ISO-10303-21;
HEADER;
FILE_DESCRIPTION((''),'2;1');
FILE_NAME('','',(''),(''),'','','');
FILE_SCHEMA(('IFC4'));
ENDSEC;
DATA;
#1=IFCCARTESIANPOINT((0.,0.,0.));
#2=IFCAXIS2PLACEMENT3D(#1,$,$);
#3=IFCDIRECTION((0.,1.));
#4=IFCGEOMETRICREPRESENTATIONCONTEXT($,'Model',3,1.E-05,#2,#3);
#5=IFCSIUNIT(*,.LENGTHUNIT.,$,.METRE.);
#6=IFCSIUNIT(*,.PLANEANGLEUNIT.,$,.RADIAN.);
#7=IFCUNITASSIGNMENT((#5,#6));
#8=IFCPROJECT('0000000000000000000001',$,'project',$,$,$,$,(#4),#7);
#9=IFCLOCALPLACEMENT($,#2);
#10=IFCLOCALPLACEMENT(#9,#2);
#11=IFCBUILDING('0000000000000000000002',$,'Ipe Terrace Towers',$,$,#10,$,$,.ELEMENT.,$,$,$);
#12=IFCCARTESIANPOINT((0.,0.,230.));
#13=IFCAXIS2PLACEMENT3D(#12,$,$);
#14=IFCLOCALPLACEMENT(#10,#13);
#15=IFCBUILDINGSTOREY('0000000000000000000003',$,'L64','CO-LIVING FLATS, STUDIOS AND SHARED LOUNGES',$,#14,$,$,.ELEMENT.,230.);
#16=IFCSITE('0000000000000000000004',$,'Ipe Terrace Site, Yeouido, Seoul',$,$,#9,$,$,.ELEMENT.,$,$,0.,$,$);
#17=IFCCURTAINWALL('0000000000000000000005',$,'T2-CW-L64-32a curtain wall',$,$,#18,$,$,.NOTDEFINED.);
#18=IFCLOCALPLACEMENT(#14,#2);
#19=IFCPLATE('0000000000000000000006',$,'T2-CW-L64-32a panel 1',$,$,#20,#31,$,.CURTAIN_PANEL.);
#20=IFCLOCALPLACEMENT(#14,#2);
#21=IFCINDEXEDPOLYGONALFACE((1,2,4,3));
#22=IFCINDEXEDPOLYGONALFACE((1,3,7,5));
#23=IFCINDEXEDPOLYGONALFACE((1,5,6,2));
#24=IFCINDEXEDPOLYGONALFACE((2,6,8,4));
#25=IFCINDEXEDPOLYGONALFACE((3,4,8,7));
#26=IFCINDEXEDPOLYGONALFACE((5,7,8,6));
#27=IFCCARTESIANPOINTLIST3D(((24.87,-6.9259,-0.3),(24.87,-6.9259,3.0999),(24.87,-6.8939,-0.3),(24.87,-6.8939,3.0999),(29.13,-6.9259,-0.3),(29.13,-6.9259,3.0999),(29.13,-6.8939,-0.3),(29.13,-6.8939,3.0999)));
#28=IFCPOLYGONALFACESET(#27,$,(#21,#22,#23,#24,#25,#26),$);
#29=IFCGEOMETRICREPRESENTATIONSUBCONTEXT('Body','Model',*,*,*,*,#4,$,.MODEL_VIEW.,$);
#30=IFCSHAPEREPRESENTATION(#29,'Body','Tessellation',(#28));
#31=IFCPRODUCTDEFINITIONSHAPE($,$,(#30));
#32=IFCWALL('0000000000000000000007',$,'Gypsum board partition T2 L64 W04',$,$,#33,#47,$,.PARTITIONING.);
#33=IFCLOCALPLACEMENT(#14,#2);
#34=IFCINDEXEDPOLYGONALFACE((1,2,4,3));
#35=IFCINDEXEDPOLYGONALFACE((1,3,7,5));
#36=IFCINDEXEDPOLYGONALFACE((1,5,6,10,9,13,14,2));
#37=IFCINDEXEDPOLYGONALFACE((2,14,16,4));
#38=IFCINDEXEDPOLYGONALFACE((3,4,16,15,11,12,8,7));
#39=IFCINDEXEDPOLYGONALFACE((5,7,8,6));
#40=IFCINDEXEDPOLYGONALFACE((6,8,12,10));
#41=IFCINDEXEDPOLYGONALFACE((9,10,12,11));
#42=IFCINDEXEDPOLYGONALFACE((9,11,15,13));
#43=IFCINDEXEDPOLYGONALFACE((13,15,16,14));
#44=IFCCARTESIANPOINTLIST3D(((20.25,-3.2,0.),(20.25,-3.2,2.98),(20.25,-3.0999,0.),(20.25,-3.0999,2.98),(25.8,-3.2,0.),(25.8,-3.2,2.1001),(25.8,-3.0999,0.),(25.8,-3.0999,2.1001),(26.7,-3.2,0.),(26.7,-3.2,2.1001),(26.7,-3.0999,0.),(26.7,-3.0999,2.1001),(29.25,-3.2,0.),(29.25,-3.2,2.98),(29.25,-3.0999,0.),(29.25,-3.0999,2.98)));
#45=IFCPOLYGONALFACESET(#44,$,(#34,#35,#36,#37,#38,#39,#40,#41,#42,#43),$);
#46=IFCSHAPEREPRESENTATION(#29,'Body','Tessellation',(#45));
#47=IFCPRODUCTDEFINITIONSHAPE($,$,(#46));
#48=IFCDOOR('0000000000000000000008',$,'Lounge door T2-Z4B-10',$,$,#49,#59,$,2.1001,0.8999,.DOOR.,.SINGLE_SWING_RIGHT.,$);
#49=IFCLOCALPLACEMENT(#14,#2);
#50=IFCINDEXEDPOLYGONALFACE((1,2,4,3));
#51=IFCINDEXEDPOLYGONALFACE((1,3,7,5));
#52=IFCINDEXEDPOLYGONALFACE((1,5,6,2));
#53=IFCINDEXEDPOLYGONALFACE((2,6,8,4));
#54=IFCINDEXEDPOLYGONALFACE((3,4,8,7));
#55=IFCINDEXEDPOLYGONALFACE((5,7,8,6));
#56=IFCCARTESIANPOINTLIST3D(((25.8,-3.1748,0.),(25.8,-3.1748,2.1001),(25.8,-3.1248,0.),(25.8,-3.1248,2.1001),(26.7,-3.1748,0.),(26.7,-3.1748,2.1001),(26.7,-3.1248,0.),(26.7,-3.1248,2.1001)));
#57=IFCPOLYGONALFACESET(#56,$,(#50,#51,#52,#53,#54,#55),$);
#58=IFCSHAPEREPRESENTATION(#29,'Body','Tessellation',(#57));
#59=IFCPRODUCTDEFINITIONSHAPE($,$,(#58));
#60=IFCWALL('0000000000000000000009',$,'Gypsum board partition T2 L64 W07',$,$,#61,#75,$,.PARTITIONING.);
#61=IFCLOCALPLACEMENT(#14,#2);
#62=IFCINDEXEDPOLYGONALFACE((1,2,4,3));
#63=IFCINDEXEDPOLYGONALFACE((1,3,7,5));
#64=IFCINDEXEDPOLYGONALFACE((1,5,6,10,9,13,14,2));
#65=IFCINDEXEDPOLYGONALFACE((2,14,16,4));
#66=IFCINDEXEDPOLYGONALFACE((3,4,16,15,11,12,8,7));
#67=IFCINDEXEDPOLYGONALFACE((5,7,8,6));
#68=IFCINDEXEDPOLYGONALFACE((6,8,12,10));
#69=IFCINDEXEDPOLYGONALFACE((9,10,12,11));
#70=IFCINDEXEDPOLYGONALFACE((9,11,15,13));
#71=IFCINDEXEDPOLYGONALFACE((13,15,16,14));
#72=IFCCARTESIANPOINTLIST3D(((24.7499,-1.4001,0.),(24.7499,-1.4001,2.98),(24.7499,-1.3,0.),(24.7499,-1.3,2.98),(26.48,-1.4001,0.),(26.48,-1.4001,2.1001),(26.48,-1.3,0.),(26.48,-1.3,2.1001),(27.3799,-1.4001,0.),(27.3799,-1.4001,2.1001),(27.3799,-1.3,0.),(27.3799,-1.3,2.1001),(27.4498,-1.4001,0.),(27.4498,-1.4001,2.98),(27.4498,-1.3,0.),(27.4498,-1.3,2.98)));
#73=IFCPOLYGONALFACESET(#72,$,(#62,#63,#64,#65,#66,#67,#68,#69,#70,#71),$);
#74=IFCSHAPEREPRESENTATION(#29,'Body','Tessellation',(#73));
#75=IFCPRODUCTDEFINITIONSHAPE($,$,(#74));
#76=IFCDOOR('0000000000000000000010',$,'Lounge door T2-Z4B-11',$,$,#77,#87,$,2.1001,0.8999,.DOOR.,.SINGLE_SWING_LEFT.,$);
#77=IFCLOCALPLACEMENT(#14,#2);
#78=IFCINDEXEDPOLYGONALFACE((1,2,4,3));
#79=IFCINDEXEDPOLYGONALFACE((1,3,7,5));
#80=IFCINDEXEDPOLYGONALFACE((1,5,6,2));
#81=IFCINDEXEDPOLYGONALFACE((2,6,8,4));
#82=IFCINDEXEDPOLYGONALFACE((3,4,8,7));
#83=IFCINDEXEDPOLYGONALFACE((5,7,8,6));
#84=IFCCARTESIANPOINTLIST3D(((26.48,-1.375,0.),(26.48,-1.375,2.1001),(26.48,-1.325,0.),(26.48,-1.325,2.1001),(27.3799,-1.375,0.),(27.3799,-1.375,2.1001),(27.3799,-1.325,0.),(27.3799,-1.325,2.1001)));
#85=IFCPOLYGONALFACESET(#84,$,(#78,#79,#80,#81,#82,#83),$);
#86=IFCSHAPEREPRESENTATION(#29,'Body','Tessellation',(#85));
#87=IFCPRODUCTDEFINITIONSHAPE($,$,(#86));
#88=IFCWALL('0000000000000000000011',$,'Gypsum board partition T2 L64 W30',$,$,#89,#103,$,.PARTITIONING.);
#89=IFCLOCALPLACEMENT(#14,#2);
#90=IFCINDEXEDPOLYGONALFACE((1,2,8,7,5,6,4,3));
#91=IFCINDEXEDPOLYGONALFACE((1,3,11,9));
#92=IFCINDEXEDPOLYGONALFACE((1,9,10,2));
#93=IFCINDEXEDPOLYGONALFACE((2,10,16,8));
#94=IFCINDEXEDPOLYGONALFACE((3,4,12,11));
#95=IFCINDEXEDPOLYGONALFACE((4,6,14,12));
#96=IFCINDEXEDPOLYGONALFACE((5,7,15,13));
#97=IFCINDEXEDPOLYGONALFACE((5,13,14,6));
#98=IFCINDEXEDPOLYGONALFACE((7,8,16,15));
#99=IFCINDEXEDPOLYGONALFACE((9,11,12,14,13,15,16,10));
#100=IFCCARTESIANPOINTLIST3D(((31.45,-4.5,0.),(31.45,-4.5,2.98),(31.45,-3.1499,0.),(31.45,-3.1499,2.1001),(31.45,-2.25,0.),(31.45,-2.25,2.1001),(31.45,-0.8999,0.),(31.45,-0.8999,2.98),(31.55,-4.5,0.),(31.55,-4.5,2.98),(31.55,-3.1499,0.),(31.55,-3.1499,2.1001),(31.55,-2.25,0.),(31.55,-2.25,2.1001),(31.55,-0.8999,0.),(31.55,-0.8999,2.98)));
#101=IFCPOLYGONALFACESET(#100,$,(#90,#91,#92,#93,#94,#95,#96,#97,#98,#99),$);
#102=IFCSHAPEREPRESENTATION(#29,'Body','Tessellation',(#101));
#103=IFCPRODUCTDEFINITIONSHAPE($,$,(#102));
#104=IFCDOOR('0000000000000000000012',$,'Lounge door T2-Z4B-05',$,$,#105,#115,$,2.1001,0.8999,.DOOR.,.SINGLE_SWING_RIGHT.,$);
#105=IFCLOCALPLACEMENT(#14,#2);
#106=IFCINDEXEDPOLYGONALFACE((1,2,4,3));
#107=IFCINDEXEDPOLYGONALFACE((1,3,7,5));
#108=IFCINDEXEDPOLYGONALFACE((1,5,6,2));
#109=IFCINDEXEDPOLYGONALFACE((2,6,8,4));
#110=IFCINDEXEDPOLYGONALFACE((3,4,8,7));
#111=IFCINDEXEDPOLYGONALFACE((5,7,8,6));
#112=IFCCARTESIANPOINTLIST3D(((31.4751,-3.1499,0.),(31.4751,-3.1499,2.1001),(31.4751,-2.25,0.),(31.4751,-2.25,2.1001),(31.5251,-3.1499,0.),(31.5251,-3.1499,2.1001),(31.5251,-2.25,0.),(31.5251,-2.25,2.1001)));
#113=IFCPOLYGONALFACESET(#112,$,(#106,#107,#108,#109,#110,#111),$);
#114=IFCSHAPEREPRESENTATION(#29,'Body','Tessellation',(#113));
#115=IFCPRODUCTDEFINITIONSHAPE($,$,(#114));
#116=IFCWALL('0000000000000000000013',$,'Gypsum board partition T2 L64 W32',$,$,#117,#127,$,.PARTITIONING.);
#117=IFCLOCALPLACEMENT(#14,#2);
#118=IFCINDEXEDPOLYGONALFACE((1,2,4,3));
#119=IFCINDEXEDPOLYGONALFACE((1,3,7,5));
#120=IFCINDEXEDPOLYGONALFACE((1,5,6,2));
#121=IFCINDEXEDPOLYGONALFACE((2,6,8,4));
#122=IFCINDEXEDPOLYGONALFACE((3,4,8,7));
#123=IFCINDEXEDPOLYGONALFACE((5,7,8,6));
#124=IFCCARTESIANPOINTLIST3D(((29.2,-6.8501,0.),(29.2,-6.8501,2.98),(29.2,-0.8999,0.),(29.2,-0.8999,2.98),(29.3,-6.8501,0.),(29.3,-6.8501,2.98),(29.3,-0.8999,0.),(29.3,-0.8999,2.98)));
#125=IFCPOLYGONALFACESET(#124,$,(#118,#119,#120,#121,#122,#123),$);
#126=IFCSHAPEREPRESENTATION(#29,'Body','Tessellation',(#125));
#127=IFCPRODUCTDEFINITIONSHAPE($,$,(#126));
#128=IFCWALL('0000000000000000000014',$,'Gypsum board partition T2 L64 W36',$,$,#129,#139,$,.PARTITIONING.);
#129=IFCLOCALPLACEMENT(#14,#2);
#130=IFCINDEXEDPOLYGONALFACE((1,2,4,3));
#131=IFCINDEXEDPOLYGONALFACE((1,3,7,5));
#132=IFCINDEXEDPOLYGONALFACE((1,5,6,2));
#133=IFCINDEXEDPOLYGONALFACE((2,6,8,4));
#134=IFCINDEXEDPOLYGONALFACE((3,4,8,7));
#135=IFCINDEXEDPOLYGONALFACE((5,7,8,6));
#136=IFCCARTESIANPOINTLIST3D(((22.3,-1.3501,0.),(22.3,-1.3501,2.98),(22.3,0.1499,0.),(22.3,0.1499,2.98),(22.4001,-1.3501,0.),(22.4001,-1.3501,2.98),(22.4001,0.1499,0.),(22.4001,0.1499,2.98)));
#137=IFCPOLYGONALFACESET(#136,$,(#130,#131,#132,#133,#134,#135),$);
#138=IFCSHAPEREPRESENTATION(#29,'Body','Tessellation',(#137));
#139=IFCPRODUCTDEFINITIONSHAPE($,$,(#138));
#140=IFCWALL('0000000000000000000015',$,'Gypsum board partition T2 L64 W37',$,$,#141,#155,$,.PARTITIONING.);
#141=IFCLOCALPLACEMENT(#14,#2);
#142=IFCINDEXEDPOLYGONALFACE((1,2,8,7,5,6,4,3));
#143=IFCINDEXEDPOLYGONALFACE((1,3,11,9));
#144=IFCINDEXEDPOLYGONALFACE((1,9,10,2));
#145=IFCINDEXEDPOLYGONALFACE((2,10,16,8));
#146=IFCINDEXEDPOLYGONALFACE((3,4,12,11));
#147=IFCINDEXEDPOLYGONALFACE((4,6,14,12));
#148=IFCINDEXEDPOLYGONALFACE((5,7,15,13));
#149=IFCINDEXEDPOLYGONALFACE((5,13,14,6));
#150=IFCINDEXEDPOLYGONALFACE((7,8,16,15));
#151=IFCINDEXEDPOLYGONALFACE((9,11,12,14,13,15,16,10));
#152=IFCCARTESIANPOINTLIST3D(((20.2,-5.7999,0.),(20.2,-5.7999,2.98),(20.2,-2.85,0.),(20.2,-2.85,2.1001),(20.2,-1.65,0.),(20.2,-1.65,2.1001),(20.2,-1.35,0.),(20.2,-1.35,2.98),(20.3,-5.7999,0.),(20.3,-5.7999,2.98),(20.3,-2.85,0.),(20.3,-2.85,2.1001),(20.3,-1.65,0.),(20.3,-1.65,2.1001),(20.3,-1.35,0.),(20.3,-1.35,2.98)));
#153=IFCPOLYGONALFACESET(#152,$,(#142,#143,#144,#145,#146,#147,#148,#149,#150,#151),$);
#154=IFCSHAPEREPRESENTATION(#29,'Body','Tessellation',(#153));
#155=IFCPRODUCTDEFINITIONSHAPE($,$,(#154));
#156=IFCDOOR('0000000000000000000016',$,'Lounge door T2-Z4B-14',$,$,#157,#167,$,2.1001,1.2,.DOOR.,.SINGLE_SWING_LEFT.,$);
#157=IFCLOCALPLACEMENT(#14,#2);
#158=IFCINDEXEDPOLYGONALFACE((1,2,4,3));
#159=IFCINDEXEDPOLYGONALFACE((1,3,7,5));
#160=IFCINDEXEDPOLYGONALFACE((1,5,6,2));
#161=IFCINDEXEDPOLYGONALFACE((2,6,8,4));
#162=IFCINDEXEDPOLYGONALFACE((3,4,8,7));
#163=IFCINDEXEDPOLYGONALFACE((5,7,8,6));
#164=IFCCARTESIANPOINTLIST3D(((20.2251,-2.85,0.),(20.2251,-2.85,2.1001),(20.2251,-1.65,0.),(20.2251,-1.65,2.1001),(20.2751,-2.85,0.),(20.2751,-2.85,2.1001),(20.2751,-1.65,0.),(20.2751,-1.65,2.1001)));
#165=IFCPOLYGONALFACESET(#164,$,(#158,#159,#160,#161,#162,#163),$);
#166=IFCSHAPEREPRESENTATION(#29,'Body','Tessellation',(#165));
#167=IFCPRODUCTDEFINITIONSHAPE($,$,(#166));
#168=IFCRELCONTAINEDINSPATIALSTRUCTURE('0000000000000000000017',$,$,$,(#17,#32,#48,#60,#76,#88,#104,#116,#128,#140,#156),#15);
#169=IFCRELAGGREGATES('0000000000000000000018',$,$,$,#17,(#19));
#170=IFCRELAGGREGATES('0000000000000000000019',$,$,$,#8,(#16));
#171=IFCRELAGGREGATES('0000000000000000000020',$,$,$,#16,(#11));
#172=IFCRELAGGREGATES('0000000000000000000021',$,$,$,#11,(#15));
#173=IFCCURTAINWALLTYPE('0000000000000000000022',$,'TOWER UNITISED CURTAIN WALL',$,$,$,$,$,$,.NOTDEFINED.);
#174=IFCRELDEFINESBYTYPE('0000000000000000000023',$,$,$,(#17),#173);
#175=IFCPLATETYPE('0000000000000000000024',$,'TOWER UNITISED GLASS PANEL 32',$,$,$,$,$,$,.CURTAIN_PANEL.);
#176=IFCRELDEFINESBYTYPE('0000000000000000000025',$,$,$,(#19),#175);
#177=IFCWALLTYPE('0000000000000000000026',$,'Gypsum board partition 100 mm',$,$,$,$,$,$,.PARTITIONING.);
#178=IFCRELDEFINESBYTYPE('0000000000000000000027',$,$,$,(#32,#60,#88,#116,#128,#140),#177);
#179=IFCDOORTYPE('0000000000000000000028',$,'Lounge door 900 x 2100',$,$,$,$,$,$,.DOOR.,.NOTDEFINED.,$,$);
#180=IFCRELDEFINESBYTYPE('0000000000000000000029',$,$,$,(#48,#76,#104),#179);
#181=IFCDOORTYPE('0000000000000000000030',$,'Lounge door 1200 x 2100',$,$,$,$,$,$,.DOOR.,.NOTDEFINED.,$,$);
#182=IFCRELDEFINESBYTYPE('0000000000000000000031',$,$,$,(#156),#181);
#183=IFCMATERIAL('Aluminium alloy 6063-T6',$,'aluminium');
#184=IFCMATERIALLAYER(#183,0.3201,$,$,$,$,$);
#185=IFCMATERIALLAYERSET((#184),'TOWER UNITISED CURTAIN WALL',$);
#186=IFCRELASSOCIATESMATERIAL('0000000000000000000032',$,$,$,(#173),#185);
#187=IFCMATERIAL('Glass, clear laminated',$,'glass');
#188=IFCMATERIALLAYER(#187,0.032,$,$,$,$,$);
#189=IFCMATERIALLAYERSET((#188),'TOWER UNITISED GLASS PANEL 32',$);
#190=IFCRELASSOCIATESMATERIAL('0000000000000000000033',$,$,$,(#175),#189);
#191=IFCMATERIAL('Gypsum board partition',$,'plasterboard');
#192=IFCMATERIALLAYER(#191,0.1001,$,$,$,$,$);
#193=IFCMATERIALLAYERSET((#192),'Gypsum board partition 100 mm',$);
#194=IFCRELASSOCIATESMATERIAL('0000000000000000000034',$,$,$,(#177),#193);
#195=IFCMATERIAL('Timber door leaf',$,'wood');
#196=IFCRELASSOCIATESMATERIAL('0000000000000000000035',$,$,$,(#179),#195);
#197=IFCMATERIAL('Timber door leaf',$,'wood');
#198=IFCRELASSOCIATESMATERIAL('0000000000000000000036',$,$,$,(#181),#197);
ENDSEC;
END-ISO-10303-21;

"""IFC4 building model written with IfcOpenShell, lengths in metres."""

from ifc_helpers import new_model, si_unit, direction, frame, frame_2d, origin, origin_2d, place, context, subcontext, project, spatial, rectangle, extrude, material, layer, layer_set, type_object, element, fill, aggregate, save


model = new_model("IFC4")

# Units and contexts
model_context = context("Model", 3, precision=1e-05, world=origin(), true_north=direction((0.0, 1.0)))
body_context = subcontext(model_context, "Body", "Model", "MODEL_VIEW")
ifc_project = project(units=[si_unit("LENGTHUNIT", "METRE"), si_unit("PLANEANGLEUNIT", "RADIAN")], contexts=[model_context])

# Site, building, storey
site_placement = place(None, origin())
site = spatial("IfcSite", under=ifc_project, at=site_placement, Name="Ipe Terrace Site, Yeouido, Seoul", CompositionType="ELEMENT", RefElevation=0.0)
building_placement = place(site_placement, origin())
building = spatial("IfcBuilding", under=site, at=building_placement, Name="Ipe Terrace Towers", CompositionType="ELEMENT")
storey_placement = place(building_placement, frame((0.0, 0.0, 230.0)))
storey = spatial("IfcBuildingStorey", under=building, at=storey_placement, Name="L64", Description="CO-LIVING FLATS, STUDIOS AND SHARED LOUNGES", CompositionType="ELEMENT", Elevation=230.0)

# Shared definitions
ifc_material_1 = material(Name="Aluminium alloy 6063-T6", Category="aluminium")
ifc_layer_1 = layer(ifc_material_1, 0.3201)
ifc_layer_set_1 = layer_set([ifc_layer_1], Name="TOWER UNITISED CURTAIN WALL")
curtain_wall_type = type_object("IfcCurtainWallType", Name="TOWER UNITISED CURTAIN WALL", PredefinedType="NOTDEFINED", material=ifc_layer_set_1)

# Curtain wall
curtain_wall_1_placement = place(storey_placement, origin())
curtain_wall_1 = element("IfcCurtainWall", 1, at=curtain_wall_1_placement, inside=storey, type_object=curtain_wall_type, Name="T2-CW-L64-32a curtain wall", PredefinedType="NOTDEFINED")

# Plate
ifc_material_2 = material(Name="Glass, clear laminated", Category="glass")
ifc_layer_2 = layer(ifc_material_2, 0.032)
ifc_layer_set_2 = layer_set([ifc_layer_2], Name="TOWER UNITISED GLASS PANEL 32")
plate_type = type_object("IfcPlateType", Name="TOWER UNITISED GLASS PANEL 32", PredefinedType="CURTAIN_PANEL", material=ifc_layer_set_2)
plate_1_placement = place(storey_placement, frame((27.0, -6.9099, -0.3), z_axis=(0.0, 0.0, 1.0), x_axis=(1.0, 0.0, 0.0)))
plate_1 = element("IfcPlate", 2, at=plate_1_placement, type_object=plate_type, Name="T2-CW-L64-32a panel 1", PredefinedType="CURTAIN_PANEL", context=body_context, shape_type="SweptSolid", body=[
    extrude(rectangle(XDim=4.26, YDim=0.032, at=origin_2d()), origin(), (0.0, 0.0, 1.0), 3.3999),
])
aggregate(curtain_wall_1, [plate_1])

# Walls, openings, doors
ifc_material_3 = material(Name="Gypsum board partition", Category="plasterboard")
ifc_layer_3 = layer(ifc_material_3, 0.1001)
ifc_layer_set_3 = layer_set([ifc_layer_3], Name="Gypsum board partition 100 mm")
wall_type_1 = type_object("IfcWallType", Name="Gypsum board partition 100 mm", PredefinedType="PARTITIONING", material=ifc_layer_set_3)
wall_1_placement = place(storey_placement, frame((29.25, -3.1499, 0.0), z_axis=(0.0, 0.0, 1.0), x_axis=(-1.0, 0.0, 0.0)))
wall_1 = element("IfcWall", 3, at=wall_1_placement, inside=storey, type_object=wall_type_1, Name="Gypsum board partition T2 L64 W04", PredefinedType="PARTITIONING", context=body_context, shape_type="SweptSolid", body=[
    extrude(rectangle(XDim=9.0, YDim=0.1001, at=frame_2d((4.5, 0.0))), origin(), (0.0, 0.0, 1.0), 2.98),
])
opening_1_placement = place(wall_1_placement, frame((2.55, 0.0, 0.0)))
opening_1 = element("IfcOpeningElement", 4, at=opening_1_placement, cuts=wall_1, PredefinedType="OPENING", context=body_context, shape_type="SweptSolid", body=[
    extrude(rectangle(XDim=0.8999, YDim=2.1001, at=frame_2d((0.45, 1.05))), frame((0.0, 0.0601, 0.0), z_axis=(0.0, -1.0, 0.0), x_axis=(1.0, 0.0, 0.0)), (0.0, 0.0, 1.0), 0.1201),
])
ifc_material_4 = material(Name="Timber door leaf", Category="wood")
door_type_1 = type_object("IfcDoorType", Name="Lounge door 900 x 2100", OperationType="NOTDEFINED", PredefinedType="DOOR", material=ifc_material_4)
door_1_placement = place(opening_1_placement, origin())
door_1 = element("IfcDoor", 5, at=door_1_placement, inside=storey, type_object=door_type_1, Name="Lounge door T2-Z4B-10", OperationType="SINGLE_SWING_RIGHT", OverallHeight=2.1001, OverallWidth=0.8999, PredefinedType="DOOR", context=body_context, shape_type="SweptSolid", body=[
    extrude(rectangle(XDim=0.8999, YDim=2.1001, at=frame_2d((0.45, 1.05))), frame((0.0, 0.0249, 0.0), z_axis=(0.0, -1.0, 0.0), x_axis=(1.0, 0.0, 0.0)), (0.0, 0.0, 1.0), 0.05),
])
fill(opening_1, door_1)
wall_2_placement = place(storey_placement, frame((27.45, -1.3501, 0.0), z_axis=(0.0, 0.0, 1.0), x_axis=(-1.0, 0.0, 0.0)))
wall_2 = element("IfcWall", 6, at=wall_2_placement, inside=storey, type_object=wall_type_1, Name="Gypsum board partition T2 L64 W07", PredefinedType="PARTITIONING", context=body_context, shape_type="SweptSolid", body=[
    extrude(rectangle(XDim=2.7, YDim=0.1001, at=frame_2d((1.3501, 0.0))), origin(), (0.0, 0.0, 1.0), 2.98),
])
opening_2_placement = place(wall_2_placement, frame((0.0701, 0.0, 0.0)))
opening_2 = element("IfcOpeningElement", 7, at=opening_2_placement, cuts=wall_2, PredefinedType="OPENING", context=body_context, shape_type="SweptSolid", body=[
    extrude(rectangle(XDim=0.8999, YDim=2.1001, at=frame_2d((0.45, 1.05))), frame((0.0, 0.0601, 0.0), z_axis=(0.0, -1.0, 0.0), x_axis=(1.0, 0.0, 0.0)), (0.0, 0.0, 1.0), 0.1201),
])
door_2_placement = place(opening_2_placement, origin())
door_2 = element("IfcDoor", 8, at=door_2_placement, inside=storey, type_object=door_type_1, Name="Lounge door T2-Z4B-11", OperationType="SINGLE_SWING_LEFT", OverallHeight=2.1001, OverallWidth=0.8999, PredefinedType="DOOR", context=body_context, shape_type="SweptSolid", body=[
    extrude(rectangle(XDim=0.8999, YDim=2.1001, at=frame_2d((0.45, 1.05))), frame((0.0, 0.0249, 0.0), z_axis=(0.0, -1.0, 0.0), x_axis=(1.0, 0.0, 0.0)), (0.0, 0.0, 1.0), 0.05),
])
fill(opening_2, door_2)
wall_3_placement = place(storey_placement, frame((31.5, -4.5, 0.0), z_axis=(0.0, 0.0, 1.0), x_axis=(0.0, 1.0, 0.0)))
wall_3 = element("IfcWall", 9, at=wall_3_placement, inside=storey, type_object=wall_type_1, Name="Gypsum board partition T2 L64 W30", PredefinedType="PARTITIONING", context=body_context, shape_type="SweptSolid", body=[
    extrude(rectangle(XDim=3.6001, YDim=0.1001, at=frame_2d((1.8, 0.0))), origin(), (0.0, 0.0, 1.0), 2.98),
])
opening_3_placement = place(wall_3_placement, frame((1.3501, 0.0, 0.0)))
opening_3 = element("IfcOpeningElement", 10, at=opening_3_placement, cuts=wall_3, PredefinedType="OPENING", context=body_context, shape_type="SweptSolid", body=[
    extrude(rectangle(XDim=0.8999, YDim=2.1001, at=frame_2d((0.45, 1.05))), frame((0.0, 0.0601, 0.0), z_axis=(0.0, -1.0, 0.0), x_axis=(1.0, 0.0, 0.0)), (0.0, 0.0, 1.0), 0.1201),
])
door_3_placement = place(opening_3_placement, origin())
door_3 = element("IfcDoor", 11, at=door_3_placement, inside=storey, type_object=door_type_1, Name="Lounge door T2-Z4B-05", OperationType="SINGLE_SWING_RIGHT", OverallHeight=2.1001, OverallWidth=0.8999, PredefinedType="DOOR", context=body_context, shape_type="SweptSolid", body=[
    extrude(rectangle(XDim=0.8999, YDim=2.1001, at=frame_2d((0.45, 1.05))), frame((0.0, 0.0249, 0.0), z_axis=(0.0, -1.0, 0.0), x_axis=(1.0, 0.0, 0.0)), (0.0, 0.0, 1.0), 0.05),
])
fill(opening_3, door_3)

# Walls
wall_4_placement = place(storey_placement, frame((29.25, -6.8501, 0.0), z_axis=(0.0, 0.0, 1.0), x_axis=(0.0, 1.0, 0.0)))
element("IfcWall", 12, at=wall_4_placement, inside=storey, type_object=wall_type_1, Name="Gypsum board partition T2 L64 W32", PredefinedType="PARTITIONING", context=body_context, shape_type="SweptSolid", body=[
    extrude(rectangle(XDim=5.9502, YDim=0.1001, at=frame_2d((2.9751, 0.0))), origin(), (0.0, 0.0, 1.0), 2.98),
])
wall_5_placement = place(storey_placement, frame((22.3501, -1.3501, 0.0), z_axis=(0.0, 0.0, 1.0), x_axis=(0.0, 1.0, 0.0)))
element("IfcWall", 13, at=wall_5_placement, inside=storey, type_object=wall_type_1, Name="Gypsum board partition T2 L64 W36", PredefinedType="PARTITIONING", context=body_context, shape_type="SweptSolid", body=[
    extrude(rectangle(XDim=1.5, YDim=0.1001, at=frame_2d((0.75, 0.0))), origin(), (0.0, 0.0, 1.0), 2.98),
])

# Wall, opening, door
wall_6_placement = place(storey_placement, frame((20.25, -5.8, 0.0), z_axis=(0.0, 0.0, 1.0), x_axis=(0.0, 1.0, 0.0)))
wall_6 = element("IfcWall", 14, at=wall_6_placement, inside=storey, type_object=wall_type_1, Name="Gypsum board partition T2 L64 W37", PredefinedType="PARTITIONING", context=body_context, shape_type="SweptSolid", body=[
    extrude(rectangle(XDim=4.45, YDim=0.1001, at=frame_2d((2.2251, 0.0))), origin(), (0.0, 0.0, 1.0), 2.98),
])
opening_4_placement = place(wall_6_placement, frame((2.95, 0.0, 0.0)))
opening_4 = element("IfcOpeningElement", 15, at=opening_4_placement, cuts=wall_6, PredefinedType="OPENING", context=body_context, shape_type="SweptSolid", body=[
    extrude(rectangle(XDim=1.2, YDim=2.1001, at=frame_2d((0.6001, 1.05))), frame((0.0, 0.0601, 0.0), z_axis=(0.0, -1.0, 0.0), x_axis=(1.0, 0.0, 0.0)), (0.0, 0.0, 1.0), 0.1201),
])
ifc_material_5 = material(Name="Timber door leaf", Category="wood")
door_type_2 = type_object("IfcDoorType", Name="Lounge door 1200 x 2100", OperationType="NOTDEFINED", PredefinedType="DOOR", material=ifc_material_5)
door_4_placement = place(opening_4_placement, origin())
door_4 = element("IfcDoor", 16, at=door_4_placement, inside=storey, type_object=door_type_2, Name="Lounge door T2-Z4B-14", OperationType="SINGLE_SWING_LEFT", OverallHeight=2.1001, OverallWidth=1.2, PredefinedType="DOOR", context=body_context, shape_type="SweptSolid", body=[
    extrude(rectangle(XDim=1.2, YDim=2.1001, at=frame_2d((0.6001, 1.05))), frame((0.0, 0.0249, 0.0), z_axis=(0.0, -1.0, 0.0), x_axis=(1.0, 0.0, 0.0)), (0.0, 0.0, 1.0), 0.05),
])
fill(opening_4, door_4)

save(model, "model.ifc")
